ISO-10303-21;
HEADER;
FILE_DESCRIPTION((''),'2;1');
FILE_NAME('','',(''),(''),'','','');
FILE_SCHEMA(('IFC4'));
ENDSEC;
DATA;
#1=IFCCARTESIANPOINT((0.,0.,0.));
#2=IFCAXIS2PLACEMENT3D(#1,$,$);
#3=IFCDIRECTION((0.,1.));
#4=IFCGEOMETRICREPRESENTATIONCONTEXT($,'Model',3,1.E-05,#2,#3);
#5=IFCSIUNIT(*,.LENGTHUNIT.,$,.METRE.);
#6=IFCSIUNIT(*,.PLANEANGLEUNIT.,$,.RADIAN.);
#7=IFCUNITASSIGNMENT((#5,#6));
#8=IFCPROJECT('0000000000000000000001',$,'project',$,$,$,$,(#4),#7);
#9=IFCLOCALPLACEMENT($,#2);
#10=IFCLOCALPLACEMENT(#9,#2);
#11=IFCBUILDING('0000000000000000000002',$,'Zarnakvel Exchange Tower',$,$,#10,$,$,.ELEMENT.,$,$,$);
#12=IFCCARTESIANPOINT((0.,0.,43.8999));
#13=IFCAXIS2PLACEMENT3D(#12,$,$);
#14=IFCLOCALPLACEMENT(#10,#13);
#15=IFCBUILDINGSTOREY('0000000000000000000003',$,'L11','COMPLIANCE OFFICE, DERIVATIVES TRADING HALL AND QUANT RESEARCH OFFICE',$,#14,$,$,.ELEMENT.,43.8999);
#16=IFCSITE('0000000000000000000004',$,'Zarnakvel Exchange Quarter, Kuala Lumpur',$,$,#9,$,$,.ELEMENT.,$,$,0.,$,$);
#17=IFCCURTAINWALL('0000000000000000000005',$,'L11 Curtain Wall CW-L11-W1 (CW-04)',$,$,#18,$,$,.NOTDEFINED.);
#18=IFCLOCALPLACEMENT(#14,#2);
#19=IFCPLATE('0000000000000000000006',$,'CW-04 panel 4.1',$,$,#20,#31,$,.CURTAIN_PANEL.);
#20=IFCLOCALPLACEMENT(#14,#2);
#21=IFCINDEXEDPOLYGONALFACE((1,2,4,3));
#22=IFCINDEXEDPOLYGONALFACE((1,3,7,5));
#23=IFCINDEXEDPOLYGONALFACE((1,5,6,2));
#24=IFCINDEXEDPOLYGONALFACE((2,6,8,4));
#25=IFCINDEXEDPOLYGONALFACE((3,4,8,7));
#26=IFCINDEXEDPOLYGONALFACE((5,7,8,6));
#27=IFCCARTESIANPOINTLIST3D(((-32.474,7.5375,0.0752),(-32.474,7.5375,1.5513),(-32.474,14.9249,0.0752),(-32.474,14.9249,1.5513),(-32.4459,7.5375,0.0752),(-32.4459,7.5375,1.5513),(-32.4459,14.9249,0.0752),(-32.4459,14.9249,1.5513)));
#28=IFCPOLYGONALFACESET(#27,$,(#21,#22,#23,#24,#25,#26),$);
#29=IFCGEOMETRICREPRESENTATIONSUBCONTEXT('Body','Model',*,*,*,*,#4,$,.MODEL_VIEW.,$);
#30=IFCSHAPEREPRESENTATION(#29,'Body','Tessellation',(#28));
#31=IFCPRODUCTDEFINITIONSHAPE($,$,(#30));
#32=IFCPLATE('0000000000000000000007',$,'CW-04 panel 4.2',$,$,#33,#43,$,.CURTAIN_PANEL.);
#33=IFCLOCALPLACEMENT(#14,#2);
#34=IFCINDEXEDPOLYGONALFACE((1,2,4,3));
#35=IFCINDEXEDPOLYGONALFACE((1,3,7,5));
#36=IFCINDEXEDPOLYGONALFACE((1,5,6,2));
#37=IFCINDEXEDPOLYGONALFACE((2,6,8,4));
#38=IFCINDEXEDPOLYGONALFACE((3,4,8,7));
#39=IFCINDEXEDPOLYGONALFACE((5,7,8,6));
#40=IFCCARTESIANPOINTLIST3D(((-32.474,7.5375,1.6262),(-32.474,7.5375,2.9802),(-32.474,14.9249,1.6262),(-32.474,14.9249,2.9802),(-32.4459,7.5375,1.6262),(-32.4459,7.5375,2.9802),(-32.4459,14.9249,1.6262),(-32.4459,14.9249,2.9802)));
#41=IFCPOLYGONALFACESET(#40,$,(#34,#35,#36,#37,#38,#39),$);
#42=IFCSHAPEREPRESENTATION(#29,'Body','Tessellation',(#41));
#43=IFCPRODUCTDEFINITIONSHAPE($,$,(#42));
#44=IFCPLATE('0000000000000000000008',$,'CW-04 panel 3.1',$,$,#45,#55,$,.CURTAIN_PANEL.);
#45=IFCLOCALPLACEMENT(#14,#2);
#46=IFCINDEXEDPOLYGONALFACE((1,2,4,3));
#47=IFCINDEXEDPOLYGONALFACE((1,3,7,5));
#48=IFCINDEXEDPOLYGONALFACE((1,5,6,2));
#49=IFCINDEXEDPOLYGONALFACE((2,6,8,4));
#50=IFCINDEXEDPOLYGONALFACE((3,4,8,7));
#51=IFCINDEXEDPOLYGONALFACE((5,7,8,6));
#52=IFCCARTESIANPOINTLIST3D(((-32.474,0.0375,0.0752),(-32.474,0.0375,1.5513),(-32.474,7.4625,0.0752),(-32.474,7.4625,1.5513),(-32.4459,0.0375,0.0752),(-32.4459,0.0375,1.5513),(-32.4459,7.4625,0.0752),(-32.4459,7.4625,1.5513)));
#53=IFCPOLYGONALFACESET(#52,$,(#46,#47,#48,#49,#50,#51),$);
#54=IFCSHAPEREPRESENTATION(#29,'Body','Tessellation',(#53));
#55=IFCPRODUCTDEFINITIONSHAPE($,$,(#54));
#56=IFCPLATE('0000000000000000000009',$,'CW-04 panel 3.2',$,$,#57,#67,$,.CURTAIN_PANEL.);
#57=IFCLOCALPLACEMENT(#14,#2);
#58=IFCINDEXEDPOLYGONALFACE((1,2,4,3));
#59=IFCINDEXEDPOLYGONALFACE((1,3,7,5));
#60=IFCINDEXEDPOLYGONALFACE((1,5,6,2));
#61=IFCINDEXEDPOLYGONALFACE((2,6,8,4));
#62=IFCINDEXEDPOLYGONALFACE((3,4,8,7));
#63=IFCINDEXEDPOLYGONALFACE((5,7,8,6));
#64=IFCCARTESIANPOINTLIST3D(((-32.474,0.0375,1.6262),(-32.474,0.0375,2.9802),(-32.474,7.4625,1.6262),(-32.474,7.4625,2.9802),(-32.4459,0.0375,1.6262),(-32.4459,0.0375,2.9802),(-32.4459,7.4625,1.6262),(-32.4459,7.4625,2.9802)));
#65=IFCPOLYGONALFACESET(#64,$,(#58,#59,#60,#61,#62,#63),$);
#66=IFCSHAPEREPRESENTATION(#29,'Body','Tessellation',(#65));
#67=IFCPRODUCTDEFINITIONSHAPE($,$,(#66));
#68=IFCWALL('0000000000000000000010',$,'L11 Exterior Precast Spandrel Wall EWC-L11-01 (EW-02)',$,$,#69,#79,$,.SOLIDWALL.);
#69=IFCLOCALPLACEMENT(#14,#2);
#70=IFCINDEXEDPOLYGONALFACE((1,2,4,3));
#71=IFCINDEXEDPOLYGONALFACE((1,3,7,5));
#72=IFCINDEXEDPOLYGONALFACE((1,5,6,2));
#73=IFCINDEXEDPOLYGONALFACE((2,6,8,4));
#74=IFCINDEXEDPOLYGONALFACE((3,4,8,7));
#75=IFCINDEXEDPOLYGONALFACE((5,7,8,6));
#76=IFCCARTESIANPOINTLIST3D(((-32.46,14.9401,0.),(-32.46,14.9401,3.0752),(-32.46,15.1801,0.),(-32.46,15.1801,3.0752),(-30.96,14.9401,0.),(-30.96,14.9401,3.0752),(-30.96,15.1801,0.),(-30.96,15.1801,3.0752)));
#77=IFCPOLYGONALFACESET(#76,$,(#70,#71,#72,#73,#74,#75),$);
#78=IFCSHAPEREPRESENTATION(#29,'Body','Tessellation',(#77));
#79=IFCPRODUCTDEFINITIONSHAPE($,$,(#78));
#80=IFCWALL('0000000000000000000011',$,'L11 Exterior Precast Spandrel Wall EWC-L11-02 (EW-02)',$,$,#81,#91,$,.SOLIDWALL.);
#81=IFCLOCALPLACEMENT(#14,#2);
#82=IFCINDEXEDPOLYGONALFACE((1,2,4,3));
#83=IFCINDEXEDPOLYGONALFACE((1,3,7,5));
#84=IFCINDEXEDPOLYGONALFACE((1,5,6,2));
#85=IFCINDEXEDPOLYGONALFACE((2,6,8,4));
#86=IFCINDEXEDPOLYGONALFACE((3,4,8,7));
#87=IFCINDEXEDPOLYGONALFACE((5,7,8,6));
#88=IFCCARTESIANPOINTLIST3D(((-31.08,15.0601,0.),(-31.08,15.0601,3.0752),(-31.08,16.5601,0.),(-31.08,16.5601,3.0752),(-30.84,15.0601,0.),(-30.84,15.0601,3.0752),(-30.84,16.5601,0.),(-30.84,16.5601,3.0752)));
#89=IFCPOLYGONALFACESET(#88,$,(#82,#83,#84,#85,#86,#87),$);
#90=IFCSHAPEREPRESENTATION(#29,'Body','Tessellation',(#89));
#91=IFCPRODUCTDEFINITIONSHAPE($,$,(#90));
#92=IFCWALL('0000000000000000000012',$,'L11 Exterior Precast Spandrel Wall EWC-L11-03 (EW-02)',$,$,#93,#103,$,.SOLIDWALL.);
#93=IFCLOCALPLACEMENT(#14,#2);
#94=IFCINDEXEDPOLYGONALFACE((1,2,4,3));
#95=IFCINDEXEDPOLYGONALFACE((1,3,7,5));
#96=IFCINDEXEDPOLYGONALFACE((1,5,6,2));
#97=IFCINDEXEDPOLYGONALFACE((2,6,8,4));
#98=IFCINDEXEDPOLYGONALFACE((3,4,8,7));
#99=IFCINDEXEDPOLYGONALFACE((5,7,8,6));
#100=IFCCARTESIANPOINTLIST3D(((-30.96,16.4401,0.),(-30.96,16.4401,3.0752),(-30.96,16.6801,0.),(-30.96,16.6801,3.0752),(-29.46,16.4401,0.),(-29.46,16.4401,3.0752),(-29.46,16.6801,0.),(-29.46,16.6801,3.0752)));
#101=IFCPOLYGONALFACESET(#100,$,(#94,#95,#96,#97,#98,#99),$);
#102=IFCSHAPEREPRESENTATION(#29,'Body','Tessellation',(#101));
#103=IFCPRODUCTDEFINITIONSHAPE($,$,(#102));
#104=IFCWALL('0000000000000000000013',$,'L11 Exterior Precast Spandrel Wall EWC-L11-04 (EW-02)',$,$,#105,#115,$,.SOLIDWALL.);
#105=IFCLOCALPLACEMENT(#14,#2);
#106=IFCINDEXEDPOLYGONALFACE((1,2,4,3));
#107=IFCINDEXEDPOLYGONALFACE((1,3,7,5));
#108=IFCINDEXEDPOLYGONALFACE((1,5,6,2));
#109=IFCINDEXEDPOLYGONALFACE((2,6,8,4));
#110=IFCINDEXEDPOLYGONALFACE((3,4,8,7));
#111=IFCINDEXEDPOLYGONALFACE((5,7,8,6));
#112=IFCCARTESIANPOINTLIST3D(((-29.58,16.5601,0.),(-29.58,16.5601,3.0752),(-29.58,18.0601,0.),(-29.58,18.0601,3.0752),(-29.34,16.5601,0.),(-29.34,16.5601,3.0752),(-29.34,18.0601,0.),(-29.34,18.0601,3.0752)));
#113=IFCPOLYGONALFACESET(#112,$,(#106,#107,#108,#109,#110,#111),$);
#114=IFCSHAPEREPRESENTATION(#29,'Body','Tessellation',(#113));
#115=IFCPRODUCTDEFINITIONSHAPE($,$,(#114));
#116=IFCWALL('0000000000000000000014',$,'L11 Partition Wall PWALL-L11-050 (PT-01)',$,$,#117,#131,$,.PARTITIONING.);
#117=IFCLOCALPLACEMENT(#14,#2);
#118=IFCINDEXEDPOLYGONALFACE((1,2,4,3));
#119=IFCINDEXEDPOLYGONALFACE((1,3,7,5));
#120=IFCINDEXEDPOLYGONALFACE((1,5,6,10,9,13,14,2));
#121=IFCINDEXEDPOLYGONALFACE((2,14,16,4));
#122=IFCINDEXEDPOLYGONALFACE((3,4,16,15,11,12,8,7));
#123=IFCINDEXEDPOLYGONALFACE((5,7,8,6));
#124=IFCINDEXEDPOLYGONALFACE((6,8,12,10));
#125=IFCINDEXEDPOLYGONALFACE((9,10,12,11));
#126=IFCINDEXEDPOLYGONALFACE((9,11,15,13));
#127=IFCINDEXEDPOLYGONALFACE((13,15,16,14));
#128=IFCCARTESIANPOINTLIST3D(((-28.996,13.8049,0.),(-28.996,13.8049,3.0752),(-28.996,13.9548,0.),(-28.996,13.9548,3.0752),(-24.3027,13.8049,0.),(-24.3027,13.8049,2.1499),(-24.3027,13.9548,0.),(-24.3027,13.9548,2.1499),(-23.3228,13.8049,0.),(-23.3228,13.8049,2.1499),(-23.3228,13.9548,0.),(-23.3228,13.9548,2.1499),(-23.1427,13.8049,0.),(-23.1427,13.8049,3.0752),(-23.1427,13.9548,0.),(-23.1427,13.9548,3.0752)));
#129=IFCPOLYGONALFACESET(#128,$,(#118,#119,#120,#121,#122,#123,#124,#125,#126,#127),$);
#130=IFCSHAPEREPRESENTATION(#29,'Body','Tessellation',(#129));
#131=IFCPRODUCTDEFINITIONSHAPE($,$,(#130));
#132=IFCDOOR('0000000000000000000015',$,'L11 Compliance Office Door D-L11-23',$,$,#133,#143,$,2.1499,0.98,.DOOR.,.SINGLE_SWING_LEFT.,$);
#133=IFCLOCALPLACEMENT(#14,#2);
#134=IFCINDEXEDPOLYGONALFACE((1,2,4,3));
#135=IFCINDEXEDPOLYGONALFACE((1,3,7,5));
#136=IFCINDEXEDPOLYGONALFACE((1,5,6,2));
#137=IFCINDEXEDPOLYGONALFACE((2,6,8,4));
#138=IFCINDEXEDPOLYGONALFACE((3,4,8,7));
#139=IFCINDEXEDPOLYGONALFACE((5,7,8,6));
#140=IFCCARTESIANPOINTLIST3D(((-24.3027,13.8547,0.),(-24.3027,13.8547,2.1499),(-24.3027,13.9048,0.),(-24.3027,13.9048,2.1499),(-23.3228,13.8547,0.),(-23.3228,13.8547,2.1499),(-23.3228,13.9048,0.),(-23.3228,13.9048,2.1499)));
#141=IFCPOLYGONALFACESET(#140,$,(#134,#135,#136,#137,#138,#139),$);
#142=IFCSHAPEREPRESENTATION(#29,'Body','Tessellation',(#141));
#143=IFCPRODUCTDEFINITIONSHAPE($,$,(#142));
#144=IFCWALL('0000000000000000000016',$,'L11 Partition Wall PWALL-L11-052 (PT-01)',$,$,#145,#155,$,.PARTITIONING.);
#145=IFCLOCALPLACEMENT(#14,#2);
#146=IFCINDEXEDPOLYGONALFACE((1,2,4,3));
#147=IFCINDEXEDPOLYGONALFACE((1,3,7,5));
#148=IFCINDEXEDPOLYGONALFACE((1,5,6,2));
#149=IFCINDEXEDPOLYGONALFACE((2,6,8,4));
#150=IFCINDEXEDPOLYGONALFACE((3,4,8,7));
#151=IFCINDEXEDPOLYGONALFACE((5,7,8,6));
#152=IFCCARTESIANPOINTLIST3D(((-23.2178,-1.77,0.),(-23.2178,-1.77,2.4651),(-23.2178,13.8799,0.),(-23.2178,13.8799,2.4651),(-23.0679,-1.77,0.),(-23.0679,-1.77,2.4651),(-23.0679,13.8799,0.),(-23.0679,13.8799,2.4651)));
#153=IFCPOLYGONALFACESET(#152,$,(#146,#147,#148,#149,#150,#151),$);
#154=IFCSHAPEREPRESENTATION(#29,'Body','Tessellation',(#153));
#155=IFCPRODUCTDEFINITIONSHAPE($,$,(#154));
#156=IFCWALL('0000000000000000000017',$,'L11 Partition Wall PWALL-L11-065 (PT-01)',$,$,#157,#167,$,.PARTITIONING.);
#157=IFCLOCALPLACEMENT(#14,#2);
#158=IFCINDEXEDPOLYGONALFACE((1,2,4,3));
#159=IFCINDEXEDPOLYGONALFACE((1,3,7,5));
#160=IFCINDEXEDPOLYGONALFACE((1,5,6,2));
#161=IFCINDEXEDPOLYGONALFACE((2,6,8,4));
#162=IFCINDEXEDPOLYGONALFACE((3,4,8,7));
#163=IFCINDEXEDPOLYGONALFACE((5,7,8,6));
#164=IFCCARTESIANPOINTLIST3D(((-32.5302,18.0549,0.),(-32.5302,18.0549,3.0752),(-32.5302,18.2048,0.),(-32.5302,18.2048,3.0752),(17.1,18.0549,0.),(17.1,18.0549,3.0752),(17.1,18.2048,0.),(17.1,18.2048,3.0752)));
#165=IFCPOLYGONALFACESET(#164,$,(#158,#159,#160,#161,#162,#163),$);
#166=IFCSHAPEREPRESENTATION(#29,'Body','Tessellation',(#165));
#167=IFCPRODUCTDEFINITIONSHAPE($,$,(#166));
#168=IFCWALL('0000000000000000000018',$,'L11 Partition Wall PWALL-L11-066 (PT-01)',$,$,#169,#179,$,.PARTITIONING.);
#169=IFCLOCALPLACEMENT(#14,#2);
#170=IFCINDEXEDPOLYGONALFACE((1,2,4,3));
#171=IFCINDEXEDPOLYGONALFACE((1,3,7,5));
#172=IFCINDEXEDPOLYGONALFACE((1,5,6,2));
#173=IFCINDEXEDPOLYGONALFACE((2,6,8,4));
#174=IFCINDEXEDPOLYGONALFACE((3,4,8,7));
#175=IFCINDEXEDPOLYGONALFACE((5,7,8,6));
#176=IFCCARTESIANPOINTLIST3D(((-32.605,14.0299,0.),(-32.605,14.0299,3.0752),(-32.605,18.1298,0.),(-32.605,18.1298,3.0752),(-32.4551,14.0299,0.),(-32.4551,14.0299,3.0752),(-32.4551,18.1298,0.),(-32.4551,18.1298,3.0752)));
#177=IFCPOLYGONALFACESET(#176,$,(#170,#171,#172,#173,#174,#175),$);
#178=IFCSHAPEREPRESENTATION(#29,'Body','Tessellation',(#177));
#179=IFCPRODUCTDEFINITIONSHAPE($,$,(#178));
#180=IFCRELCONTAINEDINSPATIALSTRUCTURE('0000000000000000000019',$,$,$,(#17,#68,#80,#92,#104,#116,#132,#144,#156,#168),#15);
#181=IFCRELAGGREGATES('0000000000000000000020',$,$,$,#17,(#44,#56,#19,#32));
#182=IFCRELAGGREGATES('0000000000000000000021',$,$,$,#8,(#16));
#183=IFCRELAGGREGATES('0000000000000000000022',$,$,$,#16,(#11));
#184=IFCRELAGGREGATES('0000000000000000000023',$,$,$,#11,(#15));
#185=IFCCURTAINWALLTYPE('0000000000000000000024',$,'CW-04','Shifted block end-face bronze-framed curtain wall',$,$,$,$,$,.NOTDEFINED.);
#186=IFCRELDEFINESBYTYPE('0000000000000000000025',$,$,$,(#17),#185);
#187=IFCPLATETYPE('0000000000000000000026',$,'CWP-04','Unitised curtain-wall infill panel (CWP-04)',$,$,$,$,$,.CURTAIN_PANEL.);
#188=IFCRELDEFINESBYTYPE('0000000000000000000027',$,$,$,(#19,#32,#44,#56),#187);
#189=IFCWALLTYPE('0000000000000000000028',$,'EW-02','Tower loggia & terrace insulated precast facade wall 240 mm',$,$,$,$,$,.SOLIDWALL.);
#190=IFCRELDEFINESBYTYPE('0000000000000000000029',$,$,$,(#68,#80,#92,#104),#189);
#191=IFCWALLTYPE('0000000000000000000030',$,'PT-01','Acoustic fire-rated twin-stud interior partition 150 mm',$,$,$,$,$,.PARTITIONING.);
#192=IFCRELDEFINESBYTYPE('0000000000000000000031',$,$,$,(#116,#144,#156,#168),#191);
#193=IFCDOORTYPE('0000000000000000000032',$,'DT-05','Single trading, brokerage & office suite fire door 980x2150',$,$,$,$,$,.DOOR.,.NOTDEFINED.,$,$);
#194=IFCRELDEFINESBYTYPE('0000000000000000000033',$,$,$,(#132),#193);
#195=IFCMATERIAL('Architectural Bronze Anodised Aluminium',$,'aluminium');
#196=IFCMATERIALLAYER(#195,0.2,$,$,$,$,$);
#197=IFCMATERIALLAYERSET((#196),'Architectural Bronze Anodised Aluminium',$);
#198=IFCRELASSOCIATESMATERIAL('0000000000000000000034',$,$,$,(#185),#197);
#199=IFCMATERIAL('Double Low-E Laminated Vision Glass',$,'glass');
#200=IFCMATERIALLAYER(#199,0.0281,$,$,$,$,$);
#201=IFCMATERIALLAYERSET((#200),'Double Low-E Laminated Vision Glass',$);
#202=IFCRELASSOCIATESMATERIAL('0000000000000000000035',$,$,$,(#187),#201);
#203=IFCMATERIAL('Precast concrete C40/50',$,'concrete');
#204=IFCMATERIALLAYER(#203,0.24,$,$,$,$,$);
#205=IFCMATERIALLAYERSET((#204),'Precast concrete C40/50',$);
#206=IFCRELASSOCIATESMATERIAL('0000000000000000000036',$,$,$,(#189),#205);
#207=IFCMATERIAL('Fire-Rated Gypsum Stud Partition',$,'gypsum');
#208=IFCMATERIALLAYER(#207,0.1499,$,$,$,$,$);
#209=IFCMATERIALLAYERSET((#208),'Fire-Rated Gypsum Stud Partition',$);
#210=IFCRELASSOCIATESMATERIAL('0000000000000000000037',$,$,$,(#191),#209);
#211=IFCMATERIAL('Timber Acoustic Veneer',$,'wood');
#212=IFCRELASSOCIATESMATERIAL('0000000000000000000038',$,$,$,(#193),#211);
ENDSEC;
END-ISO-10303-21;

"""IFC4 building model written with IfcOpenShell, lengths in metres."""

from ifc_helpers import new_model, si_unit, direction, frame, frame_2d, origin, origin_2d, place, context, subcontext, project, spatial, rectangle, extrude, source, transform, mapped, material, layer, layer_set, type_object, element, fill, aggregate, save


model = new_model("IFC4")

# Units and contexts
model_context = context("Model", 3, precision=1e-05, world=origin(), true_north=direction((0.0, 1.0)))
body_context = subcontext(model_context, "Body", "Model", "MODEL_VIEW")
ifc_project = project(units=[si_unit("LENGTHUNIT", "METRE"), si_unit("PLANEANGLEUNIT", "RADIAN")], contexts=[model_context])

# Site, building, storey
site_placement = place(None, origin())
site = spatial("IfcSite", under=ifc_project, at=site_placement, Name="Zarnakvel Exchange Quarter, Kuala Lumpur", CompositionType="ELEMENT", RefElevation=0.0)
building_placement = place(site_placement, origin())
building = spatial("IfcBuilding", under=site, at=building_placement, Name="Zarnakvel Exchange Tower", CompositionType="ELEMENT")
storey_placement = place(building_placement, frame((0.0, 0.0, 43.8999)))
storey = spatial("IfcBuildingStorey", under=building, at=storey_placement, Name="L11", Description="COMPLIANCE OFFICE, DERIVATIVES TRADING HALL AND QUANT RESEARCH OFFICE", CompositionType="ELEMENT", Elevation=43.8999)

# Curtain wall
ifc_material_1 = material(Name="Architectural Bronze Anodised Aluminium", Category="aluminium")
ifc_layer_1 = layer(ifc_material_1, 0.2)
ifc_layer_set_1 = layer_set([ifc_layer_1], Name="Architectural Bronze Anodised Aluminium")
curtain_wall_type_1 = type_object("IfcCurtainWallType", Name="CW-04", Description="Shifted block end-face bronze-framed curtain wall", PredefinedType="NOTDEFINED", material=ifc_layer_set_1)
curtain_wall_1_placement = place(storey_placement, origin())
curtain_wall_1 = element("IfcCurtainWall", 1, at=curtain_wall_1_placement, inside=storey, type_object=curtain_wall_type_1, Name="L11 Curtain Wall CW-L11-W1 (CW-04)", PredefinedType="NOTDEFINED")

# Plates
ifc_material_2 = material(Name="Double Low-E Laminated Vision Glass", Category="glass")
ifc_layer_2 = layer(ifc_material_2, 0.0281)
ifc_layer_set_2 = layer_set([ifc_layer_2], Name="Double Low-E Laminated Vision Glass")
plate_type_1 = type_object("IfcPlateType", Name="CWP-04", Description="Unitised curtain-wall infill panel (CWP-04)", PredefinedType="CURTAIN_PANEL", material=ifc_layer_set_2)
shared_shape_1 = source(origin(), body_context, "Body", "SweptSolid", [
    extrude(rectangle(XDim=7.3875, YDim=0.0281, at=origin_2d()), origin(), (0.0, 0.0, 1.0), 1.4761),
])
plate_1_placement = place(storey_placement, frame((-32.46, 11.2312, 0.0752), z_axis=(0.0, 0.0, 1.0), x_axis=(0.0, 1.0, 0.0)))
plate_1 = element("IfcPlate", 2, at=plate_1_placement, type_object=plate_type_1, Name="CW-04 panel 4.1", PredefinedType="CURTAIN_PANEL", context=body_context, shape_type="MappedRepresentation", body=[
    mapped(shared_shape_1, transform((0.0, 0.0, 0.0), x_axis=(1.0, 0.0, 0.0), y_axis=(0.0, 1.0, 0.0), z_axis=(0.0, 0.0, 1.0), scale=1.0)),
])
shared_shape_2 = source(origin(), body_context, "Body", "SweptSolid", [
    extrude(rectangle(XDim=7.3875, YDim=0.0281, at=origin_2d()), origin(), (0.0, 0.0, 1.0), 1.354),
])
plate_2_placement = place(storey_placement, frame((-32.46, 11.2312, 1.6262), z_axis=(0.0, 0.0, 1.0), x_axis=(0.0, 1.0, 0.0)))
plate_2 = element("IfcPlate", 3, at=plate_2_placement, type_object=plate_type_1, Name="CW-04 panel 4.2", PredefinedType="CURTAIN_PANEL", context=body_context, shape_type="MappedRepresentation", body=[
    mapped(shared_shape_2, transform((0.0, 0.0, 0.0), x_axis=(1.0, 0.0, 0.0), y_axis=(0.0, 1.0, 0.0), z_axis=(0.0, 0.0, 1.0), scale=1.0)),
])
shared_shape_3 = source(origin(), body_context, "Body", "SweptSolid", [
    extrude(rectangle(XDim=7.425, YDim=0.0281, at=origin_2d()), origin(), (0.0, 0.0, 1.0), 1.4761),
])
plate_3_placement = place(storey_placement, frame((-32.46, 3.75, 0.0752), z_axis=(0.0, 0.0, 1.0), x_axis=(0.0, 1.0, 0.0)))
plate_3 = element("IfcPlate", 4, at=plate_3_placement, type_object=plate_type_1, Name="CW-04 panel 3.1", PredefinedType="CURTAIN_PANEL", context=body_context, shape_type="MappedRepresentation", body=[
    mapped(shared_shape_3, transform((0.0, 0.0, 0.0), x_axis=(1.0, 0.0, 0.0), y_axis=(0.0, 1.0, 0.0), z_axis=(0.0, 0.0, 1.0), scale=1.0)),
])
shared_shape_4 = source(origin(), body_context, "Body", "SweptSolid", [
    extrude(rectangle(XDim=7.425, YDim=0.0281, at=origin_2d()), origin(), (0.0, 0.0, 1.0), 1.354),
])
plate_4_placement = place(storey_placement, frame((-32.46, 3.75, 1.6262), z_axis=(0.0, 0.0, 1.0), x_axis=(0.0, 1.0, 0.0)))
plate_4 = element("IfcPlate", 5, at=plate_4_placement, type_object=plate_type_1, Name="CW-04 panel 3.2", PredefinedType="CURTAIN_PANEL", context=body_context, shape_type="MappedRepresentation", body=[
    mapped(shared_shape_4, transform((0.0, 0.0, 0.0), x_axis=(1.0, 0.0, 0.0), y_axis=(0.0, 1.0, 0.0), z_axis=(0.0, 0.0, 1.0), scale=1.0)),
])
aggregate(curtain_wall_1, [plate_3, plate_4, plate_1, plate_2])

# Walls
ifc_material_3 = material(Name="Precast concrete C40/50", Category="concrete")
ifc_layer_3 = layer(ifc_material_3, 0.24)
ifc_layer_set_3 = layer_set([ifc_layer_3], Name="Precast concrete C40/50")
wall_type_1 = type_object("IfcWallType", Name="EW-02", Description="Tower loggia & terrace insulated precast facade wall 240 mm", PredefinedType="SOLIDWALL", material=ifc_layer_set_3)
for number, where, z_axis, x_axis, name in (
    (6, (-30.96, 15.0601, 0.0), (0.0, 0.0, 1.0), (-1.0, 0.0, 0.0), "L11 Exterior Precast Spandrel Wall EWC-L11-01 (EW-02)"),
    (7, (-30.96, 16.5601, 0.0), (0.0, 0.0, 1.0), (0.0, -1.0, 0.0), "L11 Exterior Precast Spandrel Wall EWC-L11-02 (EW-02)"),
    (8, (-29.46, 16.5601, 0.0), (0.0, 0.0, 1.0), (-1.0, 0.0, 0.0), "L11 Exterior Precast Spandrel Wall EWC-L11-03 (EW-02)"),
    (9, (-29.46, 18.0601, 0.0), (0.0, 0.0, 1.0), (0.0, -1.0, 0.0), "L11 Exterior Precast Spandrel Wall EWC-L11-04 (EW-02)"),
):
    element("IfcWall", number, at=place(storey_placement, frame(where, z_axis=z_axis, x_axis=x_axis)), inside=storey, type_object=wall_type_1, Name=name, PredefinedType="SOLIDWALL", context=body_context, shape_type="SweptSolid", body=[
        extrude(rectangle(XDim=1.5, YDim=0.24, at=frame_2d((0.75, 0.0))), origin(), (0.0, 0.0, 1.0), 3.0752),
    ])

# Wall, opening, door
ifc_material_4 = material(Name="Fire-Rated Gypsum Stud Partition", Category="gypsum")
ifc_layer_4 = layer(ifc_material_4, 0.1499)
ifc_layer_set_4 = layer_set([ifc_layer_4], Name="Fire-Rated Gypsum Stud Partition")
wall_type_2 = type_object("IfcWallType", Name="PT-01", Description="Acoustic fire-rated twin-stud interior partition 150 mm", PredefinedType="PARTITIONING", material=ifc_layer_set_4)
wall_1_placement = place(storey_placement, frame((-28.9961, 13.8799, 0.0), z_axis=(0.0, 0.0, 1.0), x_axis=(1.0, 0.0, 0.0)))
wall_1 = element("IfcWall", 10, at=wall_1_placement, inside=storey, type_object=wall_type_2, Name="L11 Partition Wall PWALL-L11-050 (PT-01)", PredefinedType="PARTITIONING", context=body_context, shape_type="SweptSolid", body=[
    extrude(rectangle(XDim=5.8533, YDim=0.1499, at=frame_2d((2.9268, 0.0))), origin(), (0.0, 0.0, 1.0), 3.0752),
])
opening_placement = place(wall_1_placement, frame((4.6934, 0.0, 0.0)))
opening = element("IfcOpeningElement", 11, at=opening_placement, cuts=wall_1, PredefinedType="OPENING", context=body_context, shape_type="SweptSolid", body=[
    extrude(rectangle(XDim=0.98, YDim=2.1499, at=frame_2d((0.49, 1.075))), frame((0.0, 0.085, 0.0), z_axis=(0.0, -1.0, 0.0), x_axis=(1.0, 0.0, 0.0)), (0.0, 0.0, 1.0), 0.1699),
])
ifc_material_5 = material(Name="Timber Acoustic Veneer", Category="wood")
door_type = type_object("IfcDoorType", Name="DT-05", Description="Single trading, brokerage & office suite fire door 980x2150", OperationType="NOTDEFINED", PredefinedType="DOOR", material=ifc_material_5)
shared_shape_5 = source(origin(), body_context, "Body", "SweptSolid", [
    extrude(rectangle(XDim=0.98, YDim=2.1499, at=frame_2d((0.49, 1.075))), frame((0.0, 0.0249, 0.0), z_axis=(0.0, -1.0, 0.0), x_axis=(1.0, 0.0, 0.0)), (0.0, 0.0, 1.0), 0.05),
])
door_placement = place(opening_placement, origin())
door = element("IfcDoor", 12, at=door_placement, inside=storey, type_object=door_type, Name="L11 Compliance Office Door D-L11-23", OperationType="SINGLE_SWING_LEFT", OverallHeight=2.1499, OverallWidth=0.98, PredefinedType="DOOR", context=body_context, shape_type="MappedRepresentation", body=[
    mapped(shared_shape_5, transform((0.0, 0.0, 0.0), x_axis=(1.0, 0.0, 0.0), y_axis=(0.0, 1.0, 0.0), z_axis=(0.0, 0.0, 1.0), scale=1.0)),
])
fill(opening, door)

# Walls
wall_2_placement = place(storey_placement, frame((-23.1428, 13.8799, 0.0), z_axis=(0.0, 0.0, 1.0), x_axis=(0.0, -1.0, 0.0)))
element("IfcWall", 13, at=wall_2_placement, inside=storey, type_object=wall_type_2, Name="L11 Partition Wall PWALL-L11-052 (PT-01)", PredefinedType="PARTITIONING", context=body_context, shape_type="SweptSolid", body=[
    extrude(rectangle(XDim=15.6499, YDim=0.1499, at=frame_2d((7.825, 0.0))), origin(), (0.0, 0.0, 1.0), 2.4651),
])
wall_3_placement = place(storey_placement, frame((-32.53, 18.1299, 0.0), z_axis=(0.0, 0.0, 1.0), x_axis=(1.0, 0.0, 0.0)))
element("IfcWall", 14, at=wall_3_placement, inside=storey, type_object=wall_type_2, Name="L11 Partition Wall PWALL-L11-065 (PT-01)", PredefinedType="PARTITIONING", context=body_context, shape_type="SweptSolid", body=[
    extrude(rectangle(XDim=49.6301, YDim=0.1499, at=frame_2d((24.8149, 0.0))), origin(), (0.0, 0.0, 1.0), 3.0752),
])
wall_4_placement = place(storey_placement, frame((-32.53, 14.03, 0.0), z_axis=(0.0, 0.0, 1.0), x_axis=(0.0, 1.0, 0.0)))
element("IfcWall", 15, at=wall_4_placement, inside=storey, type_object=wall_type_2, Name="L11 Partition Wall PWALL-L11-066 (PT-01)", PredefinedType="PARTITIONING", context=body_context, shape_type="SweptSolid", body=[
    extrude(rectangle(XDim=4.0999, YDim=0.1499, at=frame_2d((2.0498, 0.0))), origin(), (0.0, 0.0, 1.0), 3.0752),
])

save(model, "model.ifc")
